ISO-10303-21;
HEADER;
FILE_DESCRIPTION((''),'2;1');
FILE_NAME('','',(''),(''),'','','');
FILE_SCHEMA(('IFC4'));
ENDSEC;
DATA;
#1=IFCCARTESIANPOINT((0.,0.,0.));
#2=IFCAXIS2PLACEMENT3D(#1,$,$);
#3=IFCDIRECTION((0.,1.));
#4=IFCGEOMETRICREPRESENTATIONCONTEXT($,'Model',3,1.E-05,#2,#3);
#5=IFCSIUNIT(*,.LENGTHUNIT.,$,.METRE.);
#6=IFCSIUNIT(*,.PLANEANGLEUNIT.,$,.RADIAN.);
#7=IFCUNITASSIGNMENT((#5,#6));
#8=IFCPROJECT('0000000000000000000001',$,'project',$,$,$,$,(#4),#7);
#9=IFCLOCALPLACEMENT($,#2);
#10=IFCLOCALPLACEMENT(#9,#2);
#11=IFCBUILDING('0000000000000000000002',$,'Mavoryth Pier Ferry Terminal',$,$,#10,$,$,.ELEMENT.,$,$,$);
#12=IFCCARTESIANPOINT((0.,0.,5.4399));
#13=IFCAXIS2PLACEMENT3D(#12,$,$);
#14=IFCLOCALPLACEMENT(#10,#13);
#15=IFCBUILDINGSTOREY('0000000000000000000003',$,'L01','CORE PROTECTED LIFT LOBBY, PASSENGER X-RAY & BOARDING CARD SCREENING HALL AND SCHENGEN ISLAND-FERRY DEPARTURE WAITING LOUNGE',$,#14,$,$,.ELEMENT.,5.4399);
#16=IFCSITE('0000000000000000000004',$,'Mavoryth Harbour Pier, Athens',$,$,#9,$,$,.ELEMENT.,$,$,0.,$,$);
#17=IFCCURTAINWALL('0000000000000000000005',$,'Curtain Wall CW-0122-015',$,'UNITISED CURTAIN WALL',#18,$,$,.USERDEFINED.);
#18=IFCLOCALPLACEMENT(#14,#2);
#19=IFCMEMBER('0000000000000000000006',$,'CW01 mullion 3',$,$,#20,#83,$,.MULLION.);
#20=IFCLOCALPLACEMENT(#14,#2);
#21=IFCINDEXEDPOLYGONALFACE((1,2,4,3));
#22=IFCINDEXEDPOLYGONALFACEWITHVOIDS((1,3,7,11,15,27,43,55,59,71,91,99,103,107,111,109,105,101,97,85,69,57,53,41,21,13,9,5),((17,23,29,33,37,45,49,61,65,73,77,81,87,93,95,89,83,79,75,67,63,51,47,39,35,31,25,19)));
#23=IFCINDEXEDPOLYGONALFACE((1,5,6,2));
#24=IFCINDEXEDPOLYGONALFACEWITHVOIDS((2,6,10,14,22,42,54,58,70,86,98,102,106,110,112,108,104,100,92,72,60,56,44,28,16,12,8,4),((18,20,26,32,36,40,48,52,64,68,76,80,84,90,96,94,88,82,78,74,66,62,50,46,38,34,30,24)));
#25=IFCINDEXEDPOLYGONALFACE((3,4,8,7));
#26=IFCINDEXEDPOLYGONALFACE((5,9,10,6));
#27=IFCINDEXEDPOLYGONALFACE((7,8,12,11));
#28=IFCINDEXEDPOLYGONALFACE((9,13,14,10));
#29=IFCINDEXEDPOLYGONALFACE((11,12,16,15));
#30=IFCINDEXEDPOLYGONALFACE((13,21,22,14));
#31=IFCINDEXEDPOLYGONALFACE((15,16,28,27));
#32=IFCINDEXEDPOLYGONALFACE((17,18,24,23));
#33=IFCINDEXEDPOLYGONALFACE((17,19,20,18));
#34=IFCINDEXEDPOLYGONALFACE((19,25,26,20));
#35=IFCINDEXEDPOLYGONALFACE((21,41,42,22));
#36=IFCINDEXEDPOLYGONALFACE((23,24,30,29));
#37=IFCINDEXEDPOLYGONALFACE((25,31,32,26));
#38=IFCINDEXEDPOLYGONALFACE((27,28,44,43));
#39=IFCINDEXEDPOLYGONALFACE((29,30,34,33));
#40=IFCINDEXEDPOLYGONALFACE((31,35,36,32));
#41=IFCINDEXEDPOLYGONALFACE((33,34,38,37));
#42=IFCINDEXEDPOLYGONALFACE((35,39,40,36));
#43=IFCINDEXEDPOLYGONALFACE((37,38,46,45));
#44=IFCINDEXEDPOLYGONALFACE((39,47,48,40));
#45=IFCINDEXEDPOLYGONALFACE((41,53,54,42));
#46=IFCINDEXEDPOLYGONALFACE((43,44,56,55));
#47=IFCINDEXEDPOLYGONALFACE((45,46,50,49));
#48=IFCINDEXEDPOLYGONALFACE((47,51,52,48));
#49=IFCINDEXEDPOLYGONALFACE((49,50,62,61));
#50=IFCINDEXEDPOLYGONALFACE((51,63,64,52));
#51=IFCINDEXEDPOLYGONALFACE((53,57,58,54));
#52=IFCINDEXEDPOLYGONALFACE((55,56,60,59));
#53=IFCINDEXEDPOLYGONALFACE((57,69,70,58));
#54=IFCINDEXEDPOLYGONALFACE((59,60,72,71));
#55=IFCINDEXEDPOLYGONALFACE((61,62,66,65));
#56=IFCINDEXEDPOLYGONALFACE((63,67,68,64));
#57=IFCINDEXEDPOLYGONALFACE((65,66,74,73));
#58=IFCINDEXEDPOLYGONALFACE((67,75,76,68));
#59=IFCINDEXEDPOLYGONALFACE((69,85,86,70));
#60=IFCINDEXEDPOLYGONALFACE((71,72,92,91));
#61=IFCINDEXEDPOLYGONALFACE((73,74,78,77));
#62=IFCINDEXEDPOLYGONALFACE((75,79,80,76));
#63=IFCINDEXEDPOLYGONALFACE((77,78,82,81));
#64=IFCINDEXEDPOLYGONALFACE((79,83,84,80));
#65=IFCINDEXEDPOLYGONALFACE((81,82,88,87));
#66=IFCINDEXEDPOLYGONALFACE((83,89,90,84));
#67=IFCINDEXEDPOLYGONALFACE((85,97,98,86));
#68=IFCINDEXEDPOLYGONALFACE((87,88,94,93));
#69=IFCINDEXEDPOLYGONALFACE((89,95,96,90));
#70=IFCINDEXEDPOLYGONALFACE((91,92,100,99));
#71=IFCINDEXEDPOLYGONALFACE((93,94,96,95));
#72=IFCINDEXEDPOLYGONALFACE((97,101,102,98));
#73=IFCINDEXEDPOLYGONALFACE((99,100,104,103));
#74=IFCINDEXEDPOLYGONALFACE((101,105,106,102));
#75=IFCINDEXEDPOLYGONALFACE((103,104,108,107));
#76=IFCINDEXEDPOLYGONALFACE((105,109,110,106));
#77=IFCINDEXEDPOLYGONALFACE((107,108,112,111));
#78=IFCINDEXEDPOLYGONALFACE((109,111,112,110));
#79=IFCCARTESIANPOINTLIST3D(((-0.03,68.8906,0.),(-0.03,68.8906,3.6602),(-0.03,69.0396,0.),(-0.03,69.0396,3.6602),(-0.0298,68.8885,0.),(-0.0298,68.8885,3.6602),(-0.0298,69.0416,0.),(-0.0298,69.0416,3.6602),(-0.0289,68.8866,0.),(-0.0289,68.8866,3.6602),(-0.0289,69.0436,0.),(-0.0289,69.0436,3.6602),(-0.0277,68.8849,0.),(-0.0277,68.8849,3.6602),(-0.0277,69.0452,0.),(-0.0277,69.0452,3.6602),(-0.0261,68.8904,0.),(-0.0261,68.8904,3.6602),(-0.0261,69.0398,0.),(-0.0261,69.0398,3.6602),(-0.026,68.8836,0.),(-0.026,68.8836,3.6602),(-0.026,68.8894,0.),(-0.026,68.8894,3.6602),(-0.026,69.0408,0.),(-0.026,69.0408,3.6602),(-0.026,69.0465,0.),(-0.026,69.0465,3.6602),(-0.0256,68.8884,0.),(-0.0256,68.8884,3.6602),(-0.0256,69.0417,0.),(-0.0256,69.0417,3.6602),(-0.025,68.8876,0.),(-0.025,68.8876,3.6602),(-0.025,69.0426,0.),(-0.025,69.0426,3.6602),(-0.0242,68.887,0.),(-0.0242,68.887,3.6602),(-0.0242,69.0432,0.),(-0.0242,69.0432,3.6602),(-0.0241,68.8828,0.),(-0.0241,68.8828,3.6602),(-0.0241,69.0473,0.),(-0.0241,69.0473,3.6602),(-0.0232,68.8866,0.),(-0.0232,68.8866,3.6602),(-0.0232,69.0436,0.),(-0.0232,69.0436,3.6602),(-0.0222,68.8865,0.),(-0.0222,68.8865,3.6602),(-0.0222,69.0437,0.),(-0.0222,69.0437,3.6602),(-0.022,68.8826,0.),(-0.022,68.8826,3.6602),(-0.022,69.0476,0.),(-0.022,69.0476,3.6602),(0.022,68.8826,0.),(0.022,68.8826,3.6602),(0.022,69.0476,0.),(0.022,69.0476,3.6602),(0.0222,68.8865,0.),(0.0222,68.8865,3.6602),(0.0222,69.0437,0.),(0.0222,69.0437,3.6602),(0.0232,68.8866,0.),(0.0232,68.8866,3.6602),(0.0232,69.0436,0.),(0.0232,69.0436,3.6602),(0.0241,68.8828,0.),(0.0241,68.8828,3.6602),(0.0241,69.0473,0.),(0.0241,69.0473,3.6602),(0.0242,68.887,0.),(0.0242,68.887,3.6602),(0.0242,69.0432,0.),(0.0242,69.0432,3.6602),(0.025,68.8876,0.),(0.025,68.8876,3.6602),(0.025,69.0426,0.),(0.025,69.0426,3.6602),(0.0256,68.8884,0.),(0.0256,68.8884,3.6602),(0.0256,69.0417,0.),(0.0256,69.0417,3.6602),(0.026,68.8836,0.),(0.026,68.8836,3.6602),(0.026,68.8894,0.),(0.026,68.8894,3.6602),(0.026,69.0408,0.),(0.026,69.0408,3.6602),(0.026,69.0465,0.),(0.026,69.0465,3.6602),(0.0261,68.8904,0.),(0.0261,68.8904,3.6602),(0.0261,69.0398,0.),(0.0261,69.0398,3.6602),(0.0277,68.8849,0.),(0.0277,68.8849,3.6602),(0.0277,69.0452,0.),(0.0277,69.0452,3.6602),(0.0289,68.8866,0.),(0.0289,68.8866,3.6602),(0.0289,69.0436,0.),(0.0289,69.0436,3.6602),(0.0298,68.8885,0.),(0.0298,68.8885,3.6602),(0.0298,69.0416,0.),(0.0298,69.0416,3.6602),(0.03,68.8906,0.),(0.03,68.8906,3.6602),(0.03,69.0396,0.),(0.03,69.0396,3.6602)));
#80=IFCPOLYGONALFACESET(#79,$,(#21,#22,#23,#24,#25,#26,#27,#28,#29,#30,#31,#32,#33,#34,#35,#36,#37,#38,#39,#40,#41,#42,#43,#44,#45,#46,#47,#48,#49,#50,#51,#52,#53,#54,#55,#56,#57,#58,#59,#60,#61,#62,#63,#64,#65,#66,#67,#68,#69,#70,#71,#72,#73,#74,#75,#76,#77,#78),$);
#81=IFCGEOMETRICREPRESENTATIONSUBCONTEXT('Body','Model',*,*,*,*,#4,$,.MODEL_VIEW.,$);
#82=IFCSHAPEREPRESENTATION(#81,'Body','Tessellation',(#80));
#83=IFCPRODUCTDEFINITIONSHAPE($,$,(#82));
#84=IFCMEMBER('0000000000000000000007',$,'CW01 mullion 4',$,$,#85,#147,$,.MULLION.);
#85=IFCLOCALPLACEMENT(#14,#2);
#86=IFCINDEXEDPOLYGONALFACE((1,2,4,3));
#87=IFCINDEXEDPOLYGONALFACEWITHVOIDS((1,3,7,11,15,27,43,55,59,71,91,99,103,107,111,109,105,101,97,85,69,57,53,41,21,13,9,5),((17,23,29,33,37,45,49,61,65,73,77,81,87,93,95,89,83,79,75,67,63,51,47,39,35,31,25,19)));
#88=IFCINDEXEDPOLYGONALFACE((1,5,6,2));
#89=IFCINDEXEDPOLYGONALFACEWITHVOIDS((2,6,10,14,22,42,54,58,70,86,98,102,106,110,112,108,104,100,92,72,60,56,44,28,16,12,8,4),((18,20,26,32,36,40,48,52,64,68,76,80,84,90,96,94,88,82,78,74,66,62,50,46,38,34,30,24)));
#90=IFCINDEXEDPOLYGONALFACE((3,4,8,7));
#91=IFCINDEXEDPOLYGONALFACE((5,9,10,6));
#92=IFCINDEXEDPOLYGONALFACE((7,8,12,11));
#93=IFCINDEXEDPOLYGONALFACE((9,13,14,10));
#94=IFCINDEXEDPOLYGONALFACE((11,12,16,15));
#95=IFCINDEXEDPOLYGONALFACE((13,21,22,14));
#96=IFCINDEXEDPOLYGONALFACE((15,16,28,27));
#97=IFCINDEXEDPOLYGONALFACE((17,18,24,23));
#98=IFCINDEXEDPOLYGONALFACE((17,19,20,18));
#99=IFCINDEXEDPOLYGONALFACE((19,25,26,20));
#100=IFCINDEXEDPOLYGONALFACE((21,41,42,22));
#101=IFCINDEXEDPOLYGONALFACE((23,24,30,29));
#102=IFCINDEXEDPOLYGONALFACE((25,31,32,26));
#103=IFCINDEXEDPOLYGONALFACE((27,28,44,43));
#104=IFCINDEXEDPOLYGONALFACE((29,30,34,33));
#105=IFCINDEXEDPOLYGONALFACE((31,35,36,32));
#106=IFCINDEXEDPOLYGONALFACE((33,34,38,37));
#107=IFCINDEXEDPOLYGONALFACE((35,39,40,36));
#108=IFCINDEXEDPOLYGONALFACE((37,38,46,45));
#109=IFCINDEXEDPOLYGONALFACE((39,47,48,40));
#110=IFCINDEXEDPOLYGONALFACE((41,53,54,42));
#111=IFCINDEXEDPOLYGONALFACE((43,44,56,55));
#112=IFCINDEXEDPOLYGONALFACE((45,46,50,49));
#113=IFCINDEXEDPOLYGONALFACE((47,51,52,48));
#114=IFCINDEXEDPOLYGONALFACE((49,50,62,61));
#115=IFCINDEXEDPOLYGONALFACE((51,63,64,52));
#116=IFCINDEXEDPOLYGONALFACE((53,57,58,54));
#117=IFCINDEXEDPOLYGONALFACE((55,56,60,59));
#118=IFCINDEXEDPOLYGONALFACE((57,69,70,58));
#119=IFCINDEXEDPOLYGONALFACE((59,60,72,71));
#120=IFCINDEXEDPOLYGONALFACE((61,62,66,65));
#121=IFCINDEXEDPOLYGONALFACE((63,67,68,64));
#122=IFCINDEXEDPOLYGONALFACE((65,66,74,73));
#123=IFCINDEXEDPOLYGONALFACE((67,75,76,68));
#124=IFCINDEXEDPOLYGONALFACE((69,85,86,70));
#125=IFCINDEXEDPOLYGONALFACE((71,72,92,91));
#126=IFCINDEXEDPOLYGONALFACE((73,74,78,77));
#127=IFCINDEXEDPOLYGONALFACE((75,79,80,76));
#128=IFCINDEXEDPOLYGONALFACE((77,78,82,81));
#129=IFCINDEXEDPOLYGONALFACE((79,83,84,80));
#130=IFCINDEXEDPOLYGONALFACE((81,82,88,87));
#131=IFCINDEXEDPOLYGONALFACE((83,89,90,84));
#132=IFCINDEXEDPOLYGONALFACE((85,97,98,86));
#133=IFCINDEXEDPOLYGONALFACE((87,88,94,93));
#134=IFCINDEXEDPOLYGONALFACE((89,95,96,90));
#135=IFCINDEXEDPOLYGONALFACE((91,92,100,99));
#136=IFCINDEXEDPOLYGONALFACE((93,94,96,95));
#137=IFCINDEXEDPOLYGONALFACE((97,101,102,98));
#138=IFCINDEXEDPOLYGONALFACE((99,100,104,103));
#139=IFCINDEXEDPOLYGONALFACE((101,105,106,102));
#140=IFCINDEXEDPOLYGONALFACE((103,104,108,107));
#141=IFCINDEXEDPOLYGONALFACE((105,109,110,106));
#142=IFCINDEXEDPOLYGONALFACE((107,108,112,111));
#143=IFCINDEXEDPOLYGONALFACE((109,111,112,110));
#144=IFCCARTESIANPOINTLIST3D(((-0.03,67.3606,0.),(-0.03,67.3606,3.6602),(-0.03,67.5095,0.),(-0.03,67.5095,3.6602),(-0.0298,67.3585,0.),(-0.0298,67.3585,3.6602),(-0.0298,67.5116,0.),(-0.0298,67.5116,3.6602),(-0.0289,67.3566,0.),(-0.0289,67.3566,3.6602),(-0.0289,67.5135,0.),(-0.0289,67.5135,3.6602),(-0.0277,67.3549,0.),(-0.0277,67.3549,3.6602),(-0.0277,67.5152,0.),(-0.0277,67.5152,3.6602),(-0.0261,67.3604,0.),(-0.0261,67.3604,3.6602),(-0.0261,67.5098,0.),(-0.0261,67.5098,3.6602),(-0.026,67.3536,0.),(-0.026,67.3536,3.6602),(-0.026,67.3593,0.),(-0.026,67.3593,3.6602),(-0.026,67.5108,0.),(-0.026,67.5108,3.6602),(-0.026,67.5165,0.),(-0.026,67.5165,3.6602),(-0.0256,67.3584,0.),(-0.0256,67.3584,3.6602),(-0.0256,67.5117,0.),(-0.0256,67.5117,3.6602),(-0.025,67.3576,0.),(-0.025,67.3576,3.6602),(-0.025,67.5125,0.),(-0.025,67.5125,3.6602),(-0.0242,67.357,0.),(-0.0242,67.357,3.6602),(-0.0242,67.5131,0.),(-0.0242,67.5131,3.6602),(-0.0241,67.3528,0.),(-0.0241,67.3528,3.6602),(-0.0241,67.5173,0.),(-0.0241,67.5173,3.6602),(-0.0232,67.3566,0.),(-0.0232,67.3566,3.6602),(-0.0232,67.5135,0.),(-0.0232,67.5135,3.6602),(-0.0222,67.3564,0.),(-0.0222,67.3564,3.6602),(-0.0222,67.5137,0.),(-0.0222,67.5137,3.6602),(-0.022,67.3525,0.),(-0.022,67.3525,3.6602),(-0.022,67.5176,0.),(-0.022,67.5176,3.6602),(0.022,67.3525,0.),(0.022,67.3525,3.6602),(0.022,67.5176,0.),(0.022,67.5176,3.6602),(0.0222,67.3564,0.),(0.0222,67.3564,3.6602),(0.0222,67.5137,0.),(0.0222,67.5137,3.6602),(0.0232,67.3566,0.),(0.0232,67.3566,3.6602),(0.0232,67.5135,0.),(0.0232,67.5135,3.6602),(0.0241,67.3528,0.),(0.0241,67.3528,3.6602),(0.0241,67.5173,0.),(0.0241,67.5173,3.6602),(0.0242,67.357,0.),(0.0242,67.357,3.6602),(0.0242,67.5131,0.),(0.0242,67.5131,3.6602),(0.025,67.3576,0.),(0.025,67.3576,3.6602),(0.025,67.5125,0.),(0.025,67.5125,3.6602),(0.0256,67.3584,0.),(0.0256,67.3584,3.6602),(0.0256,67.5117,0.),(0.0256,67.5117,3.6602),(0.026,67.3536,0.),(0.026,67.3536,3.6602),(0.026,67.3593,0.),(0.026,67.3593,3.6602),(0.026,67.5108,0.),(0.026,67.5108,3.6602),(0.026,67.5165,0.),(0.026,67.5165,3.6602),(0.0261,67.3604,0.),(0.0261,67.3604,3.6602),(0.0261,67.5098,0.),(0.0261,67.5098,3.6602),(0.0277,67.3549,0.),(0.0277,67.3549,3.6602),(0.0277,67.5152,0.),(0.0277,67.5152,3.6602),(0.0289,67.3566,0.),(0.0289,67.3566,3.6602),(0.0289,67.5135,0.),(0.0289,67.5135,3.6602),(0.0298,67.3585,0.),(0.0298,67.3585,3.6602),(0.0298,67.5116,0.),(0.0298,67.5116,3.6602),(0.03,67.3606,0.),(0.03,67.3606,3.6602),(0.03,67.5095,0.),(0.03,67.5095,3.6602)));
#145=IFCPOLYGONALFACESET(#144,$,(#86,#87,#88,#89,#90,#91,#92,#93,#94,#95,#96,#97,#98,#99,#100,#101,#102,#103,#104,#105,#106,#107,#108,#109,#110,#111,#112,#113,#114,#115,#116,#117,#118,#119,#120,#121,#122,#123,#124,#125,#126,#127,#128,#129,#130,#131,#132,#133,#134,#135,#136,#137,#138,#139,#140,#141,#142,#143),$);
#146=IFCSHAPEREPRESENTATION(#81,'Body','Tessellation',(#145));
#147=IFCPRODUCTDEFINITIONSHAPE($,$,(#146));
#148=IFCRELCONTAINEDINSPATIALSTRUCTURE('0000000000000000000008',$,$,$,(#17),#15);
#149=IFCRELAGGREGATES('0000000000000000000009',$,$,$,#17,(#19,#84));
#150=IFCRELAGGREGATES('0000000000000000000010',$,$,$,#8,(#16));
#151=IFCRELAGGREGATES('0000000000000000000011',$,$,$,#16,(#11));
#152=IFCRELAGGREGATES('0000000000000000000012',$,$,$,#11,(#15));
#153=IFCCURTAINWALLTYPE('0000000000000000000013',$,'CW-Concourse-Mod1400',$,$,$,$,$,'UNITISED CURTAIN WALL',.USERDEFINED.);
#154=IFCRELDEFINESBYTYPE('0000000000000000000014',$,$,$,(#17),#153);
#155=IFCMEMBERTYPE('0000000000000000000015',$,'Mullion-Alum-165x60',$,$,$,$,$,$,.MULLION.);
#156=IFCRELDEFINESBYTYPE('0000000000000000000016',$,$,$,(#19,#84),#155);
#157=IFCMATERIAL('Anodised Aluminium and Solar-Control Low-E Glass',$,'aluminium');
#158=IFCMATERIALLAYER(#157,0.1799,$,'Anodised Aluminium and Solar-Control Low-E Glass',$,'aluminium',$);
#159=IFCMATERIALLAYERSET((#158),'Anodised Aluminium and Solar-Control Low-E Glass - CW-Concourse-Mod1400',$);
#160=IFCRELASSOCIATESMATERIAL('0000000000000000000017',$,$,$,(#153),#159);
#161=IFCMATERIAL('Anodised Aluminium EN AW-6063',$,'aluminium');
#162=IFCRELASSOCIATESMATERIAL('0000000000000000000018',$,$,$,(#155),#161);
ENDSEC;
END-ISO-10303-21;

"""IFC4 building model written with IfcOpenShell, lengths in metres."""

from ifc_helpers import new_model, si_unit, direction, frame, origin, origin_2d, place, context, subcontext, project, spatial, hollow_rectangle, extrude, material, layer, layer_set, material_profile, profile_set, type_object, element, aggregate, save


model = new_model("IFC4")

# Units and contexts
model_context = context("Model", 3, precision=1e-05, world=origin(), true_north=direction((0.0, 1.0)))
body_context = subcontext(model_context, "Body", "Model", "MODEL_VIEW")
ifc_project = project(units=[si_unit("LENGTHUNIT", "METRE"), si_unit("PLANEANGLEUNIT", "RADIAN")], contexts=[model_context])

# Site, building, storey
site_placement = place(None, origin())
site = spatial("IfcSite", under=ifc_project, at=site_placement, Name="Mavoryth Harbour Pier, Athens", CompositionType="ELEMENT", RefElevation=0.0)
building_placement = place(site_placement, origin())
building = spatial("IfcBuilding", under=site, at=building_placement, Name="Mavoryth Pier Ferry Terminal", CompositionType="ELEMENT")
storey_placement = place(building_placement, frame((0.0, 0.0, 5.4399)))
storey = spatial("IfcBuildingStorey", under=building, at=storey_placement, Name="L01", Description="CORE PROTECTED LIFT LOBBY, PASSENGER X-RAY & BOARDING CARD SCREENING HALL AND SCHENGEN ISLAND-FERRY DEPARTURE WAITING LOUNGE", CompositionType="ELEMENT", Elevation=5.4399)

# Curtain wall, members
ifc_material_1 = material(Name="Anodised Aluminium and Solar-Control Low-E Glass", Category="aluminium")
ifc_layer_1 = layer(ifc_material_1, 0.1799, Name="Anodised Aluminium and Solar-Control Low-E Glass", Category="aluminium")
ifc_layer_set_1 = layer_set([ifc_layer_1], Name="Anodised Aluminium and Solar-Control Low-E Glass - CW-Concourse-Mod1400")
curtain_wall_type = type_object("IfcCurtainWallType", Name="CW-Concourse-Mod1400", ElementType="UNITISED CURTAIN WALL", PredefinedType="USERDEFINED", material=ifc_layer_set_1)
curtain_wall_1_placement = place(storey_placement, origin())
curtain_wall_1 = element("IfcCurtainWall", 1, at=curtain_wall_1_placement, inside=storey, type_object=curtain_wall_type, Name="Curtain Wall CW-0122-015", ObjectType="UNITISED CURTAIN WALL", PredefinedType="USERDEFINED")
ifc_material_2 = material(Name="Anodised Aluminium EN AW-6063", Category="aluminium")
ifc_material_profile_1 = material_profile(ifc_material_2, hollow_rectangle(XDim=0.0601, YDim=0.165, WallThickness=0.0039, InnerFilletRadius=0.0039, OuterFilletRadius=0.0081, at=origin_2d()), Name="AL-MULL 165x60x4", Category="aluminium")
ifc_profile_set_1 = profile_set([ifc_material_profile_1], Name="Anodised Aluminium EN AW-6063 - AL-MULL 165x60x4")
member_type_1 = type_object("IfcMemberType", Name="Mullion-Alum-165x60", PredefinedType="MULLION", material=ifc_profile_set_1)
member_1_placement = place(storey_placement, frame((0.0, 68.9651, 0.0), z_axis=(0.0, 0.0, 1.0), x_axis=(1.0, 0.0, 0.0)))
member_1 = element("IfcMember", 2, at=member_1_placement, type_object=member_type_1, Name="CW01 mullion 3", PredefinedType="MULLION", context=body_context, shape_type="SweptSolid", body=[
    extrude(hollow_rectangle(XDim=0.0601, YDim=0.165, WallThickness=0.0039, InnerFilletRadius=0.0039, OuterFilletRadius=0.0081, at=origin_2d()), origin(), (0.0, 0.0, 1.0), 3.6602),
])
member_2_placement = place(storey_placement, frame((0.0, 67.4351, 0.0), z_axis=(0.0, 0.0, 1.0), x_axis=(1.0, 0.0, 0.0)))
member_2 = element("IfcMember", 3, at=member_2_placement, type_object=member_type_1, Name="CW01 mullion 4", PredefinedType="MULLION", context=body_context, shape_type="SweptSolid", body=[
    extrude(hollow_rectangle(XDim=0.0601, YDim=0.165, WallThickness=0.0039, InnerFilletRadius=0.0039, OuterFilletRadius=0.0081, at=origin_2d()), origin(), (0.0, 0.0, 1.0), 3.6602),
])

aggregate(curtain_wall_1, [member_1, member_2])

save(model, "model.ifc")
